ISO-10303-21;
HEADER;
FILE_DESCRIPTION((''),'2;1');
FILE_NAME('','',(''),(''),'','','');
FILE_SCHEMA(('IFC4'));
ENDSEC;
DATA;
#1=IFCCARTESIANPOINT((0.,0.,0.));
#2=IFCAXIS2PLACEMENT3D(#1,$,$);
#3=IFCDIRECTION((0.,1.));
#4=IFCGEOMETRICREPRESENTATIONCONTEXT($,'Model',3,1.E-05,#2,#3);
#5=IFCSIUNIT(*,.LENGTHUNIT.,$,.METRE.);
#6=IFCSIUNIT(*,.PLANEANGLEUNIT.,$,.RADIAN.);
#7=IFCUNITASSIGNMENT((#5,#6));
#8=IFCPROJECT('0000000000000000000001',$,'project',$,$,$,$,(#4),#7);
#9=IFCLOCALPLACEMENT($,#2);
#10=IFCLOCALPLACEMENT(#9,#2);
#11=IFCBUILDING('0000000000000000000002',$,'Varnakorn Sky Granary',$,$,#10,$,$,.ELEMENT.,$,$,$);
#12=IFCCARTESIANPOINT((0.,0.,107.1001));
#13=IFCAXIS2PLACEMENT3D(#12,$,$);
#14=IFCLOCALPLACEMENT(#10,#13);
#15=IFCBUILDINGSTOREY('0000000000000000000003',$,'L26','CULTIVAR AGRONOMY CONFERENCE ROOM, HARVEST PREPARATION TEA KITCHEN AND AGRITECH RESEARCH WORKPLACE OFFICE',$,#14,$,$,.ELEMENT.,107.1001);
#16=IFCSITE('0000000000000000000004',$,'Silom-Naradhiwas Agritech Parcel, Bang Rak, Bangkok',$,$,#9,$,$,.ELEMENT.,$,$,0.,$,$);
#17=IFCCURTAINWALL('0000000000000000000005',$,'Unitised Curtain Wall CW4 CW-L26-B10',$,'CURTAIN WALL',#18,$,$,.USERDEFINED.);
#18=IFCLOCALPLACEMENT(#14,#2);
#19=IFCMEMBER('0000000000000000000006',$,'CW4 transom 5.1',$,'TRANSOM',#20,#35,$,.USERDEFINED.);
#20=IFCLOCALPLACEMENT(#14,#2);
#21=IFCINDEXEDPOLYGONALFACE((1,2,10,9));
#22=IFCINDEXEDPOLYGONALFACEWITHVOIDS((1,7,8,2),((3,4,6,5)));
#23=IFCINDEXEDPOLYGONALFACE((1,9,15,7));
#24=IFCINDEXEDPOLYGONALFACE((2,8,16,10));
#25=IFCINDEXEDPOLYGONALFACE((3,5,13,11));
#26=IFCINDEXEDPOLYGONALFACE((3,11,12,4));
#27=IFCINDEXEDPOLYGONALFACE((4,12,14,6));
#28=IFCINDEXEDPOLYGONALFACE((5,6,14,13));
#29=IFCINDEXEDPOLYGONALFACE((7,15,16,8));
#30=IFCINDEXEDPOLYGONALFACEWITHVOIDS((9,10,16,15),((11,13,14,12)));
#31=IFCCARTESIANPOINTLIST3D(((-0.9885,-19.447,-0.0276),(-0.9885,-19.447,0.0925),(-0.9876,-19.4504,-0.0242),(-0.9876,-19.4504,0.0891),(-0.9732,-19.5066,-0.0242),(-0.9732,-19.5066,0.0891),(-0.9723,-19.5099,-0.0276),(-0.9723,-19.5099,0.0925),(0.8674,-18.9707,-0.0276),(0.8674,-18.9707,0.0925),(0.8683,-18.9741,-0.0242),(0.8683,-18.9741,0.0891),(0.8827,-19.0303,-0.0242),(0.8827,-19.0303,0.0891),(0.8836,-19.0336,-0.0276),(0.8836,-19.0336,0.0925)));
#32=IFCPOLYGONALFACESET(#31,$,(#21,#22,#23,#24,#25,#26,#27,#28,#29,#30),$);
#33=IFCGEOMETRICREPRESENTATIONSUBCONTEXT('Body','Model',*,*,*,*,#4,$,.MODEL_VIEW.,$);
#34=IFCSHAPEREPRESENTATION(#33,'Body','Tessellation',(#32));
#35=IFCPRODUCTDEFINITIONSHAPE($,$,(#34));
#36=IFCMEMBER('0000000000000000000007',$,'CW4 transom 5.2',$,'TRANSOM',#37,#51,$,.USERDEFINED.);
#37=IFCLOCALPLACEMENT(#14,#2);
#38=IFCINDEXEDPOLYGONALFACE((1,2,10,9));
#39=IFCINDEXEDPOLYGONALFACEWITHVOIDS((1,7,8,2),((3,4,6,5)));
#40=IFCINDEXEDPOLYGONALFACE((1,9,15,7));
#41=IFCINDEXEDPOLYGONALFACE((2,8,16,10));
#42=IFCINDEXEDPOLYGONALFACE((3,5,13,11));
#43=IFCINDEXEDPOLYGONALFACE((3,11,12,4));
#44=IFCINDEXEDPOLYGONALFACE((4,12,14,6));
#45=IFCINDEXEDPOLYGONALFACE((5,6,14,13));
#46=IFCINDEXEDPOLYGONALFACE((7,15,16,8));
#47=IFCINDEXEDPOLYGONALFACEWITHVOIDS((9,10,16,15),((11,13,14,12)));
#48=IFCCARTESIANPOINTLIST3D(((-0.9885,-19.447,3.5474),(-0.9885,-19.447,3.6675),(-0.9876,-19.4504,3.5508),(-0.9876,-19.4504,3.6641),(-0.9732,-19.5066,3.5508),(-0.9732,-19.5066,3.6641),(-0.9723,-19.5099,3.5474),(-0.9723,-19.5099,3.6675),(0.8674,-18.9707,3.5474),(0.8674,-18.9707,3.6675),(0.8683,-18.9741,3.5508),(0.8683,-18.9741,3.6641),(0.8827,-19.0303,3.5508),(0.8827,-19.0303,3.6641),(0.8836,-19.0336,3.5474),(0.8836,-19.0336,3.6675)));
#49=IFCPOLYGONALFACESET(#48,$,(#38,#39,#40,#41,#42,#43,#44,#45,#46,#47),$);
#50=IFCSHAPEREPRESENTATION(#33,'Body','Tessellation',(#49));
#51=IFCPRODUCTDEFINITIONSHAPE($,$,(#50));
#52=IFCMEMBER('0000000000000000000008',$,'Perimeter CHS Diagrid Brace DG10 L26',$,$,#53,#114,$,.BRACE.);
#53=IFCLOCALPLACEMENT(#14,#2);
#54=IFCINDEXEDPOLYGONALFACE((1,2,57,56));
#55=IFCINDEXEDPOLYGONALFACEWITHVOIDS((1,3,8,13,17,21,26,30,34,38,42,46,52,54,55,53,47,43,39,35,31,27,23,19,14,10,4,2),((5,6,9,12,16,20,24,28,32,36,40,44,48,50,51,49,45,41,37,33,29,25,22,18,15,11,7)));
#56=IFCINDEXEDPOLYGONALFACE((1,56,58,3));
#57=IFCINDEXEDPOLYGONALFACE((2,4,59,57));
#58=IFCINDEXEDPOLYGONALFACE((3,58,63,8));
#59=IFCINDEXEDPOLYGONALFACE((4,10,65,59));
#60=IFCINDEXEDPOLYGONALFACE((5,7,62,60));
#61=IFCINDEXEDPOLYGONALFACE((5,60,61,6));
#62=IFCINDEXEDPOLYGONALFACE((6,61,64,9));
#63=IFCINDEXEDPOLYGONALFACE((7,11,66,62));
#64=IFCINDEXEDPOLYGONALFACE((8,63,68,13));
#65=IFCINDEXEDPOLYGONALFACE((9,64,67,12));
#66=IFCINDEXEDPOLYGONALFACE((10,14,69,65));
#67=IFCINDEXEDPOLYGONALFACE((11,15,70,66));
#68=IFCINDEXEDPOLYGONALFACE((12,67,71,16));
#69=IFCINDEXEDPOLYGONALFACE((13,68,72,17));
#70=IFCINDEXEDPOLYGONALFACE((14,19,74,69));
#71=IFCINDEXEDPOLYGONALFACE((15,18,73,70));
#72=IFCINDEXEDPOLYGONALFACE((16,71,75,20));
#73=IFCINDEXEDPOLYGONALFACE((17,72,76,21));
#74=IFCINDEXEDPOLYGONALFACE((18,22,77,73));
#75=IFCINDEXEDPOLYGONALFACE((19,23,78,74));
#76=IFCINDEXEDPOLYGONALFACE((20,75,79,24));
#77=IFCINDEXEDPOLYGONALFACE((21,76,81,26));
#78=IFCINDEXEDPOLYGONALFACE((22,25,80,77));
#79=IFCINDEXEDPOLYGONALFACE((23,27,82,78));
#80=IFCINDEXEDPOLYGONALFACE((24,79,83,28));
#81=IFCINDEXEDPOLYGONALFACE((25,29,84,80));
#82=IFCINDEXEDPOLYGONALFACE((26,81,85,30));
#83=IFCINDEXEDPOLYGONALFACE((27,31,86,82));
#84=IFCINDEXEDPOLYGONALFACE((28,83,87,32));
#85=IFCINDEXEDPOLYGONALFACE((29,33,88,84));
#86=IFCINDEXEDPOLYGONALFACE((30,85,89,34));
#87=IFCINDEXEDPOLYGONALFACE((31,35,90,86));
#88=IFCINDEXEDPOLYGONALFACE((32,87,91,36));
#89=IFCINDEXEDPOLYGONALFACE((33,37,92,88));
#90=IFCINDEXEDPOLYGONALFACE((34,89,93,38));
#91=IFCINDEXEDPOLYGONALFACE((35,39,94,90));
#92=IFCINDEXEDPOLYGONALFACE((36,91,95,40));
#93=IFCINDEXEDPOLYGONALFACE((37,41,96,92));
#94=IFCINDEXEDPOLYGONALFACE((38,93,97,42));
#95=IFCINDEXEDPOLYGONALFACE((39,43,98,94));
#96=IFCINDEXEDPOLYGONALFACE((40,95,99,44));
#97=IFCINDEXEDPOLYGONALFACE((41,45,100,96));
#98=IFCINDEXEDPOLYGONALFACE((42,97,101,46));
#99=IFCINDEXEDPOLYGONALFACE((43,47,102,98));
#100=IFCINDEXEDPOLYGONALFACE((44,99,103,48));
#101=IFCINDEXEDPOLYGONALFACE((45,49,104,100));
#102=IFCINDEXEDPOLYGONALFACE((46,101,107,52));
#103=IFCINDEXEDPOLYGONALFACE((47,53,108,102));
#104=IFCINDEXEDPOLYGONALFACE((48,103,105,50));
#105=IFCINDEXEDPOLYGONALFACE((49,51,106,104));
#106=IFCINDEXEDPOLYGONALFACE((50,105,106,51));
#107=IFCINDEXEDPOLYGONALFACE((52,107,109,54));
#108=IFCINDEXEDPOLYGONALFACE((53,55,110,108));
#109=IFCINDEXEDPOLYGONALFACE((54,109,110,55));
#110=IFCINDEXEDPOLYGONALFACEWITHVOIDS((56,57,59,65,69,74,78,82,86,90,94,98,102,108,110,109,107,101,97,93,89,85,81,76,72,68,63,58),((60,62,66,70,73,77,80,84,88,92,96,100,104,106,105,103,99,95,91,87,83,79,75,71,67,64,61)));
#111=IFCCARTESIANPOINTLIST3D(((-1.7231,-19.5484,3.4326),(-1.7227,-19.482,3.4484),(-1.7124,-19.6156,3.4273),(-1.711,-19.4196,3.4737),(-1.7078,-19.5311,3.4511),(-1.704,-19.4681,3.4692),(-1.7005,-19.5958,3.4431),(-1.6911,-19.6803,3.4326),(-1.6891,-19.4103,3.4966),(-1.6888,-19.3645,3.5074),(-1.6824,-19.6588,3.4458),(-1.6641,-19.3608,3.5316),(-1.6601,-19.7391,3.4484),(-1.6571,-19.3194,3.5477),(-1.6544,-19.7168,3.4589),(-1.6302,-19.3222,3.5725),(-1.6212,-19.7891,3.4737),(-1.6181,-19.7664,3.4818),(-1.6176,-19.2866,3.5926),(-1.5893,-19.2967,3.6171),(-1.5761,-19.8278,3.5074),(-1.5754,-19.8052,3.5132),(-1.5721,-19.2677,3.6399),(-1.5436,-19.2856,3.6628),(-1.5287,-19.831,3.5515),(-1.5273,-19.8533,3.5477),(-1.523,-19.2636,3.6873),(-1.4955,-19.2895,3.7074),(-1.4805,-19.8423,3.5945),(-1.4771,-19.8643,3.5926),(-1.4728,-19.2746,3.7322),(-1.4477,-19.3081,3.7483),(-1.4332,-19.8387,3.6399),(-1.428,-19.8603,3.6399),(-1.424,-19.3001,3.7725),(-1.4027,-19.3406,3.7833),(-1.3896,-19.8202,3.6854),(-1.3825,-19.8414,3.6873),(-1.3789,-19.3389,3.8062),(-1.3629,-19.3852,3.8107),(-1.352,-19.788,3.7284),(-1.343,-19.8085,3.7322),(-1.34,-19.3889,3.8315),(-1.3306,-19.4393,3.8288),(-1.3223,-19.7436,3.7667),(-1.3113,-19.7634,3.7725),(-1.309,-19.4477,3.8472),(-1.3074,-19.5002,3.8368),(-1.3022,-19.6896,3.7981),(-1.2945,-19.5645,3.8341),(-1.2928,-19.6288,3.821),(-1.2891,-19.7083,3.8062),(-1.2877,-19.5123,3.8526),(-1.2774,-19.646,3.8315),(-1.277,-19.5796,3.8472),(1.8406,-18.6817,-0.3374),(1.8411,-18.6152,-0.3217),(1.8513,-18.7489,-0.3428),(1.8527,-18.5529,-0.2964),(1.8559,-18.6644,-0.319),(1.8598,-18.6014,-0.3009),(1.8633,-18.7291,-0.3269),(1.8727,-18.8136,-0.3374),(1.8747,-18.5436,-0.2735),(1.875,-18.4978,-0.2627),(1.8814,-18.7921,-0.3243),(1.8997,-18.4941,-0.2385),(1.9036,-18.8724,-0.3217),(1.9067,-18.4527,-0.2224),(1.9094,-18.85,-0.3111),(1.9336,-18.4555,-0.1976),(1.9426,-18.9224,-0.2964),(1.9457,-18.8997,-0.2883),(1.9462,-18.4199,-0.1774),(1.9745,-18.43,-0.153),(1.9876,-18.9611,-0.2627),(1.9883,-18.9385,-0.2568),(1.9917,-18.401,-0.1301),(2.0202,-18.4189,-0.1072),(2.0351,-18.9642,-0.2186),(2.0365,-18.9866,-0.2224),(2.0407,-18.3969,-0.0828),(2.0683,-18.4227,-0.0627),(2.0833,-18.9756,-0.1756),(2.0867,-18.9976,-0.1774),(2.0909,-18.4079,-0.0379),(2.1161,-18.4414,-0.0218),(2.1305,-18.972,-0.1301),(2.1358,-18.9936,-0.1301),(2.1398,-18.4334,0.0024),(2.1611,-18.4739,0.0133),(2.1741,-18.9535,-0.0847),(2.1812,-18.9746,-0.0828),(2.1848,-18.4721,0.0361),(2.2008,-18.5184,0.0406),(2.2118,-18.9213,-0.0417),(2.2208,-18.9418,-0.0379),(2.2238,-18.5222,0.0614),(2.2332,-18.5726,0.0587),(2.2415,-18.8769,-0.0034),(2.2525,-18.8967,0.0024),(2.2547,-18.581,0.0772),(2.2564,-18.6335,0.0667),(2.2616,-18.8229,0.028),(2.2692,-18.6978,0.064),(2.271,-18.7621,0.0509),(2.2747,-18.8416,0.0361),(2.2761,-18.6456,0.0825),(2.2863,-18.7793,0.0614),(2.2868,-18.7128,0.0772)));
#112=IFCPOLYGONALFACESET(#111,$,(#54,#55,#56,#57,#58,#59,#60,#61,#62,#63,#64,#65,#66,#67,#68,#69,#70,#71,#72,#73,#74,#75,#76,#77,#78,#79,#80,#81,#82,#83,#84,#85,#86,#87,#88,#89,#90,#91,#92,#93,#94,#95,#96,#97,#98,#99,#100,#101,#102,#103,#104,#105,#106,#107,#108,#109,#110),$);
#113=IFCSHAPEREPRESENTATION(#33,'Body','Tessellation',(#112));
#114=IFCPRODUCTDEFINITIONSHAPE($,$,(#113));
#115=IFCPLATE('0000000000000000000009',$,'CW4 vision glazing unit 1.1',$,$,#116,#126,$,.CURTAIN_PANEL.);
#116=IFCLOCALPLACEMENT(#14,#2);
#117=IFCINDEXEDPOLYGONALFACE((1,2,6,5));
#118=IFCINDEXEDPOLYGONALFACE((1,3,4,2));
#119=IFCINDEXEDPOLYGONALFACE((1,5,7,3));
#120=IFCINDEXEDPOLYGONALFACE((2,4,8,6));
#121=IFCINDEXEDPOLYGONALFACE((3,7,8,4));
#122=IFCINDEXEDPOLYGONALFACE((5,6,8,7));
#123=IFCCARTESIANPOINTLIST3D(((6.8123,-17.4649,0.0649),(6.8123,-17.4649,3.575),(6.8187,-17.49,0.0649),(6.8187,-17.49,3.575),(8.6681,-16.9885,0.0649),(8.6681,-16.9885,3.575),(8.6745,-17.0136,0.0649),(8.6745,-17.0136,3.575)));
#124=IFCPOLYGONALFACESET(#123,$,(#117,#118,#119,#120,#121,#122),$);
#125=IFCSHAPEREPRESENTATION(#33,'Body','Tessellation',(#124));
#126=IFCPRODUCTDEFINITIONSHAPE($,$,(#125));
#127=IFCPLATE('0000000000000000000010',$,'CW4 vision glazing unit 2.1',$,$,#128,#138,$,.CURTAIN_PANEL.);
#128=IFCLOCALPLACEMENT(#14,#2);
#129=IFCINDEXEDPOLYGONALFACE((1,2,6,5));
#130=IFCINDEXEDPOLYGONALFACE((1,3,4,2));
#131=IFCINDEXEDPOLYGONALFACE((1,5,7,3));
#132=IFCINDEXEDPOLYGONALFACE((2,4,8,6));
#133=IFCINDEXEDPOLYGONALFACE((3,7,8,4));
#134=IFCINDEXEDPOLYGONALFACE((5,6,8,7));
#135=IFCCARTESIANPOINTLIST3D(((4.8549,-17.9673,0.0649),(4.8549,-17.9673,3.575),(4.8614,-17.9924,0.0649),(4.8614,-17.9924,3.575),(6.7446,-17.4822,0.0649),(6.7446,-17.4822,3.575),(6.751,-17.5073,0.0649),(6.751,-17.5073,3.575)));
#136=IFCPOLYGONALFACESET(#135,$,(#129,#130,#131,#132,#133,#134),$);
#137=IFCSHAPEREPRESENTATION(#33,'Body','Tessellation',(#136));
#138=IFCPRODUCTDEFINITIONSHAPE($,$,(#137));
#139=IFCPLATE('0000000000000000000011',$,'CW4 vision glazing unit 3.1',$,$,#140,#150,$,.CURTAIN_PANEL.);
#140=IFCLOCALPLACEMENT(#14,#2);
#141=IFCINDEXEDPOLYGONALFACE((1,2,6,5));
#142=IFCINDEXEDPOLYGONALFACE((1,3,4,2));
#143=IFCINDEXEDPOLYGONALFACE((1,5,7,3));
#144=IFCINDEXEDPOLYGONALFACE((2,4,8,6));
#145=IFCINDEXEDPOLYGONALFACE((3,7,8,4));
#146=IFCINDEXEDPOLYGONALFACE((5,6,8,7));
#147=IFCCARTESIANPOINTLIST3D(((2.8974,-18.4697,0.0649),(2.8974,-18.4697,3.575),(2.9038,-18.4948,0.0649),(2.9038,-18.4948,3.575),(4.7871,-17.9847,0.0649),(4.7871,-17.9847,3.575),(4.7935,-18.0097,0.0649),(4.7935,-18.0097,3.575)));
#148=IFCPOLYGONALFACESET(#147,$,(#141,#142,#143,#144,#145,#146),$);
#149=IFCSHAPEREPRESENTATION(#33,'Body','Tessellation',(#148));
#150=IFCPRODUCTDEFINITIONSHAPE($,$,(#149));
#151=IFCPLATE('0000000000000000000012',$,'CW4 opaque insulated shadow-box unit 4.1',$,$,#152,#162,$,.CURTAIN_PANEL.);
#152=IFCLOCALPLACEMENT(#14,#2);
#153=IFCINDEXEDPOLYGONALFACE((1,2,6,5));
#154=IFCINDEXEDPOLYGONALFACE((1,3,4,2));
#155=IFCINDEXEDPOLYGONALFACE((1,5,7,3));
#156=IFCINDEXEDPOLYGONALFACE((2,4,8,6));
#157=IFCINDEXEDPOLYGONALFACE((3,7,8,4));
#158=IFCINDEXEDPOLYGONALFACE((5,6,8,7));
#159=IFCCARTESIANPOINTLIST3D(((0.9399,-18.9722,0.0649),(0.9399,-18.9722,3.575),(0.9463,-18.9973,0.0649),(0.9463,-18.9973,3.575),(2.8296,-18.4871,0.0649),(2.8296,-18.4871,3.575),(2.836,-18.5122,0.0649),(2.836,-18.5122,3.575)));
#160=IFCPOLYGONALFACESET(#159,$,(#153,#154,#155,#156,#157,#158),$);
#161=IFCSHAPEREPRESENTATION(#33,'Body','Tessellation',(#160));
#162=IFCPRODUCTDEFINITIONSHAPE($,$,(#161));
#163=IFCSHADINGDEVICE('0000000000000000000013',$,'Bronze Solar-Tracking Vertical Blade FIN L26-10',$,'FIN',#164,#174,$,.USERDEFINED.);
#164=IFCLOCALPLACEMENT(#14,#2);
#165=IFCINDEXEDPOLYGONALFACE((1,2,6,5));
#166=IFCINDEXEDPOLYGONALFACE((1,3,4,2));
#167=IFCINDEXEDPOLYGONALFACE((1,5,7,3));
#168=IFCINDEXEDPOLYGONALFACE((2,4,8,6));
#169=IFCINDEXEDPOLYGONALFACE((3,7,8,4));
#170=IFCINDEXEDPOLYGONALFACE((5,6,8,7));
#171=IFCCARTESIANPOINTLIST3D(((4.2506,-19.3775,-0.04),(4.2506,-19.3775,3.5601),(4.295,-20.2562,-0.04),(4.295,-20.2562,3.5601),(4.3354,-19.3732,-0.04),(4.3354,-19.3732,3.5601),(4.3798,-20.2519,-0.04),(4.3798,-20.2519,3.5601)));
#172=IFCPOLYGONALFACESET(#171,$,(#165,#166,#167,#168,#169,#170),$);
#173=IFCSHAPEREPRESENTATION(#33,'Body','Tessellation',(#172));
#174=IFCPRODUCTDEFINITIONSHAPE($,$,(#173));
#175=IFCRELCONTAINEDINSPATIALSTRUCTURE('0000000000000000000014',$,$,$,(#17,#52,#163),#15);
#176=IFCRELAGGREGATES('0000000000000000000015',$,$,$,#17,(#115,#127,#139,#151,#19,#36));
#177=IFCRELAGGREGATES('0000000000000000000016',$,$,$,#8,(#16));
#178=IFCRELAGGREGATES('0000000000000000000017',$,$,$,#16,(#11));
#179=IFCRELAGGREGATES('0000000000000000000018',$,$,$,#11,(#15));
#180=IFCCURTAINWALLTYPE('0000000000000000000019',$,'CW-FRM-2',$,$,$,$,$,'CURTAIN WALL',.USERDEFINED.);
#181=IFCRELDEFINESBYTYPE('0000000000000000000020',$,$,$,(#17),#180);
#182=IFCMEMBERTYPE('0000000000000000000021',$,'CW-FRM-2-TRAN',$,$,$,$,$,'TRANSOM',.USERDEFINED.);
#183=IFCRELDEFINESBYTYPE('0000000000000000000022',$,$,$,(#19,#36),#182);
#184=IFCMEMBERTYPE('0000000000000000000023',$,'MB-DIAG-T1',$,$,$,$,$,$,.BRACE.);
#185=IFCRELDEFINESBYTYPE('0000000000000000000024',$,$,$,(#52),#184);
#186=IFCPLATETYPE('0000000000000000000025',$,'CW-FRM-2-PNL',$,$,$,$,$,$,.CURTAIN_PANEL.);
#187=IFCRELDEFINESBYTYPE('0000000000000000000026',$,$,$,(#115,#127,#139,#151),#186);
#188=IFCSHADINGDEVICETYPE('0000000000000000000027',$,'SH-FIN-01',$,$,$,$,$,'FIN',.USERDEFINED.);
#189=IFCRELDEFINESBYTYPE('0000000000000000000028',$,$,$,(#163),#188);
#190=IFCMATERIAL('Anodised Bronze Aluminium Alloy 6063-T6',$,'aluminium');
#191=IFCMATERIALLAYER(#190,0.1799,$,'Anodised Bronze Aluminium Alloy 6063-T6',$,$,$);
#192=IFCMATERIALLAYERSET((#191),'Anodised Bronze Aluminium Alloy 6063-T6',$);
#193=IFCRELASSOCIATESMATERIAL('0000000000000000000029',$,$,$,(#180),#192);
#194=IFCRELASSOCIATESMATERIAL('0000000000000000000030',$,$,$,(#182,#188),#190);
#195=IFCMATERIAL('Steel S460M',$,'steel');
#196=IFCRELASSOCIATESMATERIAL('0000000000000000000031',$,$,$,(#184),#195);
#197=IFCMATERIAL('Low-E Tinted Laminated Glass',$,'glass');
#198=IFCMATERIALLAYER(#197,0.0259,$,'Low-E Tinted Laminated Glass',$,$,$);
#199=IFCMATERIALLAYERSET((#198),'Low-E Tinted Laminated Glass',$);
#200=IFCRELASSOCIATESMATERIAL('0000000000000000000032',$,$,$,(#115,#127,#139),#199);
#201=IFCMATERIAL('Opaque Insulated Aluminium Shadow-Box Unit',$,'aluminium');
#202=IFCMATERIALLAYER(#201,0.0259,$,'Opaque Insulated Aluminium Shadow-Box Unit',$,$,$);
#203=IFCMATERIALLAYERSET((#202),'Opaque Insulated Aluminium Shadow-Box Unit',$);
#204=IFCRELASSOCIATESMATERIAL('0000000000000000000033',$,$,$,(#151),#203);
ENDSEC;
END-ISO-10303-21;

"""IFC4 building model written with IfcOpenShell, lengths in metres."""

from ifc_helpers import new_model, si_unit, direction, frame, origin, origin_2d, place, context, subcontext, project, spatial, rectangle, hollow_rectangle, hollow_circle, extrude, source, transform, mapped, material, layer, layer_set, material_profile, profile_set, type_object, type_shapes, element, aggregate, save


model = new_model("IFC4")

# Units and contexts
model_context = context("Model", 3, precision=1e-05, world=origin(), true_north=direction((0.0, 1.0)))
body_context = subcontext(model_context, "Body", "Model", "MODEL_VIEW")
ifc_project = project(units=[si_unit("LENGTHUNIT", "METRE"), si_unit("PLANEANGLEUNIT", "RADIAN")], contexts=[model_context])

# Site, building, storey
site_placement = place(None, origin())
site = spatial("IfcSite", under=ifc_project, at=site_placement, Name="Silom-Naradhiwas Agritech Parcel, Bang Rak, Bangkok", CompositionType="ELEMENT", RefElevation=0.0)
building_placement = place(site_placement, origin())
building = spatial("IfcBuilding", under=site, at=building_placement, Name="Varnakorn Sky Granary", CompositionType="ELEMENT")
storey_placement = place(building_placement, frame((0.0, 0.0, 107.1001)))
storey = spatial("IfcBuildingStorey", under=building, at=storey_placement, Name="L26", Description="CULTIVAR AGRONOMY CONFERENCE ROOM, HARVEST PREPARATION TEA KITCHEN AND AGRITECH RESEARCH WORKPLACE OFFICE", CompositionType="ELEMENT", Elevation=107.1001)

# Curtain wall, members
ifc_material_1 = material(Name="Anodised Bronze Aluminium Alloy 6063-T6", Category="aluminium")
ifc_layer_1 = layer(ifc_material_1, 0.1799, Name="Anodised Bronze Aluminium Alloy 6063-T6")
ifc_layer_set_1 = layer_set([ifc_layer_1], Name="Anodised Bronze Aluminium Alloy 6063-T6")
curtain_wall_type = type_object("IfcCurtainWallType", Name="CW-FRM-2", ElementType="CURTAIN WALL", PredefinedType="USERDEFINED", material=ifc_layer_set_1)
curtain_wall_placement = place(storey_placement, origin())
curtain_wall = element("IfcCurtainWall", 1, at=curtain_wall_placement, inside=storey, type_object=curtain_wall_type, Name="Unitised Curtain Wall CW4 CW-L26-B10", ObjectType="CURTAIN WALL", PredefinedType="USERDEFINED")
ifc_material_profile_1 = material_profile(ifc_material_1, hollow_rectangle(XDim=0.0649, YDim=0.1201, WallThickness=0.0034, at=origin_2d()), Name="ALU TRAN 65x120")
ifc_profile_set_1 = profile_set([ifc_material_profile_1], Name="Anodised Bronze Aluminium Alloy 6063-T6")
member_type_1 = type_object("IfcMemberType", Name="CW-FRM-2-TRAN", ElementType="TRANSOM", PredefinedType="USERDEFINED", material=ifc_profile_set_1)
member_1_placement = place(storey_placement, frame((0.8755, -19.0022, 0.0325), z_axis=(-0.96861, -0.248587, 0.0), x_axis=(0.248587, -0.96861, 0.0)))
member_1 = element("IfcMember", 2, at=member_1_placement, type_object=member_type_1, Name="CW4 transom 5.1", ObjectType="TRANSOM", PredefinedType="USERDEFINED", context=body_context, shape_type="SweptSolid", body=[
    extrude(hollow_rectangle(XDim=0.0649, YDim=0.1201, WallThickness=0.0034, at=origin_2d()), origin(), (0.0, 0.0, 1.0), 1.916),
])
member_2_placement = place(storey_placement, frame((0.8755, -19.0022, 3.6074), z_axis=(-0.96861, -0.248587, 0.0), x_axis=(0.248587, -0.96861, 0.0)))
member_2 = element("IfcMember", 3, at=member_2_placement, type_object=member_type_1, Name="CW4 transom 5.2", ObjectType="TRANSOM", PredefinedType="USERDEFINED", context=body_context, shape_type="SweptSolid", body=[
    extrude(hollow_rectangle(XDim=0.0649, YDim=0.1201, WallThickness=0.0034, at=origin_2d()), origin(), (0.0, 0.0, 1.0), 1.916),
])

# Member
ifc_material_2 = material(Name="Steel S460M", Category="steel")
ifc_material_profile_2 = material_profile(ifc_material_2, hollow_circle(Radius=0.3049, WallThickness=0.0222, at=origin_2d()), Name="CHS 610x22")
ifc_profile_set_2 = profile_set([ifc_material_profile_2], Name="Steel S460M")
member_type_2 = type_object("IfcMemberType", Name="MB-DIAG-T1", PredefinedType="BRACE", material=ifc_profile_set_2)
member_3_placement = place(storey_placement, frame((2.0637, -18.6973, -0.1301), z_axis=(-0.677554, -0.164781, 0.716776), x_axis=(0.236313, -0.971677, 0.0)))
element("IfcMember", 4, at=member_3_placement, inside=storey, type_object=member_type_2, Name="Perimeter CHS Diagrid Brace DG10 L26", PredefinedType="BRACE", context=body_context, shape_type="SweptSolid", body=[
    extrude(hollow_circle(Radius=0.3049, WallThickness=0.0222, at=origin_2d()), origin(), (0.0, 0.0, 1.0), 5.2598),
])

# Plates
ifc_material_3 = material(Name="Low-E Tinted Laminated Glass", Category="glass")
ifc_layer_2 = layer(ifc_material_3, 0.0259, Name="Low-E Tinted Laminated Glass")
ifc_layer_set_2 = layer_set([ifc_layer_2], Name="Low-E Tinted Laminated Glass")
plate_type = type_object("IfcPlateType", Name="CW-FRM-2-PNL", PredefinedType="CURTAIN_PANEL")
shared_shape_1 = source(origin(), body_context, "Body", "SweptSolid", [
    extrude(rectangle(XDim=1.916, YDim=0.0259, at=origin_2d()), origin(), (0.0, 0.0, 1.0), 3.51),
])
plate_1_placement = place(storey_placement, frame((7.7434, -17.2393, 0.0649), z_axis=(0.0, 0.0, 1.0), x_axis=(-0.968597, -0.248636, 0.0)))
plate_1 = element("IfcPlate", 5, at=plate_1_placement, type_object=plate_type, material=ifc_layer_set_2, Name="CW4 vision glazing unit 1.1", PredefinedType="CURTAIN_PANEL", context=body_context, shape_type="MappedRepresentation", body=[
    mapped(shared_shape_1, transform((0.0, 0.0, 0.0), x_axis=(1.0, 0.0, 0.0), y_axis=(0.0, 1.0, 0.0), z_axis=(0.0, 0.0, 1.0), scale=1.0)),
])
shared_shape_2 = source(origin(), body_context, "Body", "SweptSolid", [
    extrude(rectangle(XDim=1.9509, YDim=0.0259, at=origin_2d()), origin(), (0.0, 0.0, 1.0), 3.51),
])
type_shapes(plate_type, [shared_shape_1, shared_shape_2])
plate_2_placement = place(storey_placement, frame((5.803, -17.7373, 0.0649), z_axis=(0.0, 0.0, 1.0), x_axis=(-0.968597, -0.248636, 0.0)))
plate_2 = element("IfcPlate", 6, at=plate_2_placement, type_object=plate_type, material=ifc_layer_set_2, Name="CW4 vision glazing unit 2.1", PredefinedType="CURTAIN_PANEL", context=body_context, shape_type="MappedRepresentation", body=[
    mapped(shared_shape_2, transform((0.0, 0.0, 0.0), x_axis=(1.0, 0.0, 0.0), y_axis=(0.0, 1.0, 0.0), z_axis=(0.0, 0.0, 1.0), scale=1.0)),
])
plate_3_placement = place(storey_placement, frame((3.8455, -18.2397, 0.0649), z_axis=(0.0, 0.0, 1.0), x_axis=(-0.968597, -0.248636, 0.0)))
plate_3 = element("IfcPlate", 7, at=plate_3_placement, type_object=plate_type, material=ifc_layer_set_2, Name="CW4 vision glazing unit 3.1", PredefinedType="CURTAIN_PANEL", context=body_context, shape_type="MappedRepresentation", body=[
    mapped(shared_shape_2, transform((0.0, 0.0, 0.0), x_axis=(1.0, 0.0, 0.0), y_axis=(0.0, 1.0, 0.0), z_axis=(0.0, 0.0, 1.0), scale=1.0)),
])
ifc_material_4 = material(Name="Opaque Insulated Aluminium Shadow-Box Unit", Category="aluminium")
ifc_layer_3 = layer(ifc_material_4, 0.0259, Name="Opaque Insulated Aluminium Shadow-Box Unit")
ifc_layer_set_3 = layer_set([ifc_layer_3], Name="Opaque Insulated Aluminium Shadow-Box Unit")
plate_4_placement = place(storey_placement, frame((1.8879, -18.7422, 0.0649), z_axis=(0.0, 0.0, 1.0), x_axis=(-0.968597, -0.248636, 0.0)))
plate_4 = element("IfcPlate", 8, at=plate_4_placement, type_object=plate_type, material=ifc_layer_set_3, Name="CW4 opaque insulated shadow-box unit 4.1", PredefinedType="CURTAIN_PANEL", context=body_context, shape_type="MappedRepresentation", body=[
    mapped(shared_shape_2, transform((0.0, 0.0, 0.0), x_axis=(1.0, 0.0, 0.0), y_axis=(0.0, 1.0, 0.0), z_axis=(0.0, 0.0, 1.0), scale=1.0)),
])
aggregate(curtain_wall, [plate_1, plate_2, plate_3, plate_4, member_1, member_2])

# Shading device
shading_device_type = type_object("IfcShadingDeviceType", Name="SH-FIN-01", ElementType="FIN", PredefinedType="USERDEFINED", material=ifc_material_1)
shared_shape_3 = source(origin(), body_context, "Body", "SweptSolid", [
    extrude(rectangle(XDim=0.085, YDim=0.8799, at=origin_2d()), origin(), (0.0, 0.0, 1.0), 3.6001),
])
type_shapes(shading_device_type, [shared_shape_3])
shading_device_placement = place(storey_placement, frame((4.3152, -19.8147, -0.04), z_axis=(0.0, 0.0, 1.0), x_axis=(0.998725, 0.050477, 0.0)))
element("IfcShadingDevice", 9, at=shading_device_placement, inside=storey, type_object=shading_device_type, Name="Bronze Solar-Tracking Vertical Blade FIN L26-10", ObjectType="FIN", PredefinedType="USERDEFINED", context=body_context, shape_type="MappedRepresentation", body=[
    mapped(shared_shape_3, transform((0.0, 0.0, 0.0), x_axis=(1.0, 0.0, 0.0), y_axis=(0.0, 1.0, 0.0), z_axis=(0.0, 0.0, 1.0), scale=1.0)),
])

save(model, "model.ifc")
